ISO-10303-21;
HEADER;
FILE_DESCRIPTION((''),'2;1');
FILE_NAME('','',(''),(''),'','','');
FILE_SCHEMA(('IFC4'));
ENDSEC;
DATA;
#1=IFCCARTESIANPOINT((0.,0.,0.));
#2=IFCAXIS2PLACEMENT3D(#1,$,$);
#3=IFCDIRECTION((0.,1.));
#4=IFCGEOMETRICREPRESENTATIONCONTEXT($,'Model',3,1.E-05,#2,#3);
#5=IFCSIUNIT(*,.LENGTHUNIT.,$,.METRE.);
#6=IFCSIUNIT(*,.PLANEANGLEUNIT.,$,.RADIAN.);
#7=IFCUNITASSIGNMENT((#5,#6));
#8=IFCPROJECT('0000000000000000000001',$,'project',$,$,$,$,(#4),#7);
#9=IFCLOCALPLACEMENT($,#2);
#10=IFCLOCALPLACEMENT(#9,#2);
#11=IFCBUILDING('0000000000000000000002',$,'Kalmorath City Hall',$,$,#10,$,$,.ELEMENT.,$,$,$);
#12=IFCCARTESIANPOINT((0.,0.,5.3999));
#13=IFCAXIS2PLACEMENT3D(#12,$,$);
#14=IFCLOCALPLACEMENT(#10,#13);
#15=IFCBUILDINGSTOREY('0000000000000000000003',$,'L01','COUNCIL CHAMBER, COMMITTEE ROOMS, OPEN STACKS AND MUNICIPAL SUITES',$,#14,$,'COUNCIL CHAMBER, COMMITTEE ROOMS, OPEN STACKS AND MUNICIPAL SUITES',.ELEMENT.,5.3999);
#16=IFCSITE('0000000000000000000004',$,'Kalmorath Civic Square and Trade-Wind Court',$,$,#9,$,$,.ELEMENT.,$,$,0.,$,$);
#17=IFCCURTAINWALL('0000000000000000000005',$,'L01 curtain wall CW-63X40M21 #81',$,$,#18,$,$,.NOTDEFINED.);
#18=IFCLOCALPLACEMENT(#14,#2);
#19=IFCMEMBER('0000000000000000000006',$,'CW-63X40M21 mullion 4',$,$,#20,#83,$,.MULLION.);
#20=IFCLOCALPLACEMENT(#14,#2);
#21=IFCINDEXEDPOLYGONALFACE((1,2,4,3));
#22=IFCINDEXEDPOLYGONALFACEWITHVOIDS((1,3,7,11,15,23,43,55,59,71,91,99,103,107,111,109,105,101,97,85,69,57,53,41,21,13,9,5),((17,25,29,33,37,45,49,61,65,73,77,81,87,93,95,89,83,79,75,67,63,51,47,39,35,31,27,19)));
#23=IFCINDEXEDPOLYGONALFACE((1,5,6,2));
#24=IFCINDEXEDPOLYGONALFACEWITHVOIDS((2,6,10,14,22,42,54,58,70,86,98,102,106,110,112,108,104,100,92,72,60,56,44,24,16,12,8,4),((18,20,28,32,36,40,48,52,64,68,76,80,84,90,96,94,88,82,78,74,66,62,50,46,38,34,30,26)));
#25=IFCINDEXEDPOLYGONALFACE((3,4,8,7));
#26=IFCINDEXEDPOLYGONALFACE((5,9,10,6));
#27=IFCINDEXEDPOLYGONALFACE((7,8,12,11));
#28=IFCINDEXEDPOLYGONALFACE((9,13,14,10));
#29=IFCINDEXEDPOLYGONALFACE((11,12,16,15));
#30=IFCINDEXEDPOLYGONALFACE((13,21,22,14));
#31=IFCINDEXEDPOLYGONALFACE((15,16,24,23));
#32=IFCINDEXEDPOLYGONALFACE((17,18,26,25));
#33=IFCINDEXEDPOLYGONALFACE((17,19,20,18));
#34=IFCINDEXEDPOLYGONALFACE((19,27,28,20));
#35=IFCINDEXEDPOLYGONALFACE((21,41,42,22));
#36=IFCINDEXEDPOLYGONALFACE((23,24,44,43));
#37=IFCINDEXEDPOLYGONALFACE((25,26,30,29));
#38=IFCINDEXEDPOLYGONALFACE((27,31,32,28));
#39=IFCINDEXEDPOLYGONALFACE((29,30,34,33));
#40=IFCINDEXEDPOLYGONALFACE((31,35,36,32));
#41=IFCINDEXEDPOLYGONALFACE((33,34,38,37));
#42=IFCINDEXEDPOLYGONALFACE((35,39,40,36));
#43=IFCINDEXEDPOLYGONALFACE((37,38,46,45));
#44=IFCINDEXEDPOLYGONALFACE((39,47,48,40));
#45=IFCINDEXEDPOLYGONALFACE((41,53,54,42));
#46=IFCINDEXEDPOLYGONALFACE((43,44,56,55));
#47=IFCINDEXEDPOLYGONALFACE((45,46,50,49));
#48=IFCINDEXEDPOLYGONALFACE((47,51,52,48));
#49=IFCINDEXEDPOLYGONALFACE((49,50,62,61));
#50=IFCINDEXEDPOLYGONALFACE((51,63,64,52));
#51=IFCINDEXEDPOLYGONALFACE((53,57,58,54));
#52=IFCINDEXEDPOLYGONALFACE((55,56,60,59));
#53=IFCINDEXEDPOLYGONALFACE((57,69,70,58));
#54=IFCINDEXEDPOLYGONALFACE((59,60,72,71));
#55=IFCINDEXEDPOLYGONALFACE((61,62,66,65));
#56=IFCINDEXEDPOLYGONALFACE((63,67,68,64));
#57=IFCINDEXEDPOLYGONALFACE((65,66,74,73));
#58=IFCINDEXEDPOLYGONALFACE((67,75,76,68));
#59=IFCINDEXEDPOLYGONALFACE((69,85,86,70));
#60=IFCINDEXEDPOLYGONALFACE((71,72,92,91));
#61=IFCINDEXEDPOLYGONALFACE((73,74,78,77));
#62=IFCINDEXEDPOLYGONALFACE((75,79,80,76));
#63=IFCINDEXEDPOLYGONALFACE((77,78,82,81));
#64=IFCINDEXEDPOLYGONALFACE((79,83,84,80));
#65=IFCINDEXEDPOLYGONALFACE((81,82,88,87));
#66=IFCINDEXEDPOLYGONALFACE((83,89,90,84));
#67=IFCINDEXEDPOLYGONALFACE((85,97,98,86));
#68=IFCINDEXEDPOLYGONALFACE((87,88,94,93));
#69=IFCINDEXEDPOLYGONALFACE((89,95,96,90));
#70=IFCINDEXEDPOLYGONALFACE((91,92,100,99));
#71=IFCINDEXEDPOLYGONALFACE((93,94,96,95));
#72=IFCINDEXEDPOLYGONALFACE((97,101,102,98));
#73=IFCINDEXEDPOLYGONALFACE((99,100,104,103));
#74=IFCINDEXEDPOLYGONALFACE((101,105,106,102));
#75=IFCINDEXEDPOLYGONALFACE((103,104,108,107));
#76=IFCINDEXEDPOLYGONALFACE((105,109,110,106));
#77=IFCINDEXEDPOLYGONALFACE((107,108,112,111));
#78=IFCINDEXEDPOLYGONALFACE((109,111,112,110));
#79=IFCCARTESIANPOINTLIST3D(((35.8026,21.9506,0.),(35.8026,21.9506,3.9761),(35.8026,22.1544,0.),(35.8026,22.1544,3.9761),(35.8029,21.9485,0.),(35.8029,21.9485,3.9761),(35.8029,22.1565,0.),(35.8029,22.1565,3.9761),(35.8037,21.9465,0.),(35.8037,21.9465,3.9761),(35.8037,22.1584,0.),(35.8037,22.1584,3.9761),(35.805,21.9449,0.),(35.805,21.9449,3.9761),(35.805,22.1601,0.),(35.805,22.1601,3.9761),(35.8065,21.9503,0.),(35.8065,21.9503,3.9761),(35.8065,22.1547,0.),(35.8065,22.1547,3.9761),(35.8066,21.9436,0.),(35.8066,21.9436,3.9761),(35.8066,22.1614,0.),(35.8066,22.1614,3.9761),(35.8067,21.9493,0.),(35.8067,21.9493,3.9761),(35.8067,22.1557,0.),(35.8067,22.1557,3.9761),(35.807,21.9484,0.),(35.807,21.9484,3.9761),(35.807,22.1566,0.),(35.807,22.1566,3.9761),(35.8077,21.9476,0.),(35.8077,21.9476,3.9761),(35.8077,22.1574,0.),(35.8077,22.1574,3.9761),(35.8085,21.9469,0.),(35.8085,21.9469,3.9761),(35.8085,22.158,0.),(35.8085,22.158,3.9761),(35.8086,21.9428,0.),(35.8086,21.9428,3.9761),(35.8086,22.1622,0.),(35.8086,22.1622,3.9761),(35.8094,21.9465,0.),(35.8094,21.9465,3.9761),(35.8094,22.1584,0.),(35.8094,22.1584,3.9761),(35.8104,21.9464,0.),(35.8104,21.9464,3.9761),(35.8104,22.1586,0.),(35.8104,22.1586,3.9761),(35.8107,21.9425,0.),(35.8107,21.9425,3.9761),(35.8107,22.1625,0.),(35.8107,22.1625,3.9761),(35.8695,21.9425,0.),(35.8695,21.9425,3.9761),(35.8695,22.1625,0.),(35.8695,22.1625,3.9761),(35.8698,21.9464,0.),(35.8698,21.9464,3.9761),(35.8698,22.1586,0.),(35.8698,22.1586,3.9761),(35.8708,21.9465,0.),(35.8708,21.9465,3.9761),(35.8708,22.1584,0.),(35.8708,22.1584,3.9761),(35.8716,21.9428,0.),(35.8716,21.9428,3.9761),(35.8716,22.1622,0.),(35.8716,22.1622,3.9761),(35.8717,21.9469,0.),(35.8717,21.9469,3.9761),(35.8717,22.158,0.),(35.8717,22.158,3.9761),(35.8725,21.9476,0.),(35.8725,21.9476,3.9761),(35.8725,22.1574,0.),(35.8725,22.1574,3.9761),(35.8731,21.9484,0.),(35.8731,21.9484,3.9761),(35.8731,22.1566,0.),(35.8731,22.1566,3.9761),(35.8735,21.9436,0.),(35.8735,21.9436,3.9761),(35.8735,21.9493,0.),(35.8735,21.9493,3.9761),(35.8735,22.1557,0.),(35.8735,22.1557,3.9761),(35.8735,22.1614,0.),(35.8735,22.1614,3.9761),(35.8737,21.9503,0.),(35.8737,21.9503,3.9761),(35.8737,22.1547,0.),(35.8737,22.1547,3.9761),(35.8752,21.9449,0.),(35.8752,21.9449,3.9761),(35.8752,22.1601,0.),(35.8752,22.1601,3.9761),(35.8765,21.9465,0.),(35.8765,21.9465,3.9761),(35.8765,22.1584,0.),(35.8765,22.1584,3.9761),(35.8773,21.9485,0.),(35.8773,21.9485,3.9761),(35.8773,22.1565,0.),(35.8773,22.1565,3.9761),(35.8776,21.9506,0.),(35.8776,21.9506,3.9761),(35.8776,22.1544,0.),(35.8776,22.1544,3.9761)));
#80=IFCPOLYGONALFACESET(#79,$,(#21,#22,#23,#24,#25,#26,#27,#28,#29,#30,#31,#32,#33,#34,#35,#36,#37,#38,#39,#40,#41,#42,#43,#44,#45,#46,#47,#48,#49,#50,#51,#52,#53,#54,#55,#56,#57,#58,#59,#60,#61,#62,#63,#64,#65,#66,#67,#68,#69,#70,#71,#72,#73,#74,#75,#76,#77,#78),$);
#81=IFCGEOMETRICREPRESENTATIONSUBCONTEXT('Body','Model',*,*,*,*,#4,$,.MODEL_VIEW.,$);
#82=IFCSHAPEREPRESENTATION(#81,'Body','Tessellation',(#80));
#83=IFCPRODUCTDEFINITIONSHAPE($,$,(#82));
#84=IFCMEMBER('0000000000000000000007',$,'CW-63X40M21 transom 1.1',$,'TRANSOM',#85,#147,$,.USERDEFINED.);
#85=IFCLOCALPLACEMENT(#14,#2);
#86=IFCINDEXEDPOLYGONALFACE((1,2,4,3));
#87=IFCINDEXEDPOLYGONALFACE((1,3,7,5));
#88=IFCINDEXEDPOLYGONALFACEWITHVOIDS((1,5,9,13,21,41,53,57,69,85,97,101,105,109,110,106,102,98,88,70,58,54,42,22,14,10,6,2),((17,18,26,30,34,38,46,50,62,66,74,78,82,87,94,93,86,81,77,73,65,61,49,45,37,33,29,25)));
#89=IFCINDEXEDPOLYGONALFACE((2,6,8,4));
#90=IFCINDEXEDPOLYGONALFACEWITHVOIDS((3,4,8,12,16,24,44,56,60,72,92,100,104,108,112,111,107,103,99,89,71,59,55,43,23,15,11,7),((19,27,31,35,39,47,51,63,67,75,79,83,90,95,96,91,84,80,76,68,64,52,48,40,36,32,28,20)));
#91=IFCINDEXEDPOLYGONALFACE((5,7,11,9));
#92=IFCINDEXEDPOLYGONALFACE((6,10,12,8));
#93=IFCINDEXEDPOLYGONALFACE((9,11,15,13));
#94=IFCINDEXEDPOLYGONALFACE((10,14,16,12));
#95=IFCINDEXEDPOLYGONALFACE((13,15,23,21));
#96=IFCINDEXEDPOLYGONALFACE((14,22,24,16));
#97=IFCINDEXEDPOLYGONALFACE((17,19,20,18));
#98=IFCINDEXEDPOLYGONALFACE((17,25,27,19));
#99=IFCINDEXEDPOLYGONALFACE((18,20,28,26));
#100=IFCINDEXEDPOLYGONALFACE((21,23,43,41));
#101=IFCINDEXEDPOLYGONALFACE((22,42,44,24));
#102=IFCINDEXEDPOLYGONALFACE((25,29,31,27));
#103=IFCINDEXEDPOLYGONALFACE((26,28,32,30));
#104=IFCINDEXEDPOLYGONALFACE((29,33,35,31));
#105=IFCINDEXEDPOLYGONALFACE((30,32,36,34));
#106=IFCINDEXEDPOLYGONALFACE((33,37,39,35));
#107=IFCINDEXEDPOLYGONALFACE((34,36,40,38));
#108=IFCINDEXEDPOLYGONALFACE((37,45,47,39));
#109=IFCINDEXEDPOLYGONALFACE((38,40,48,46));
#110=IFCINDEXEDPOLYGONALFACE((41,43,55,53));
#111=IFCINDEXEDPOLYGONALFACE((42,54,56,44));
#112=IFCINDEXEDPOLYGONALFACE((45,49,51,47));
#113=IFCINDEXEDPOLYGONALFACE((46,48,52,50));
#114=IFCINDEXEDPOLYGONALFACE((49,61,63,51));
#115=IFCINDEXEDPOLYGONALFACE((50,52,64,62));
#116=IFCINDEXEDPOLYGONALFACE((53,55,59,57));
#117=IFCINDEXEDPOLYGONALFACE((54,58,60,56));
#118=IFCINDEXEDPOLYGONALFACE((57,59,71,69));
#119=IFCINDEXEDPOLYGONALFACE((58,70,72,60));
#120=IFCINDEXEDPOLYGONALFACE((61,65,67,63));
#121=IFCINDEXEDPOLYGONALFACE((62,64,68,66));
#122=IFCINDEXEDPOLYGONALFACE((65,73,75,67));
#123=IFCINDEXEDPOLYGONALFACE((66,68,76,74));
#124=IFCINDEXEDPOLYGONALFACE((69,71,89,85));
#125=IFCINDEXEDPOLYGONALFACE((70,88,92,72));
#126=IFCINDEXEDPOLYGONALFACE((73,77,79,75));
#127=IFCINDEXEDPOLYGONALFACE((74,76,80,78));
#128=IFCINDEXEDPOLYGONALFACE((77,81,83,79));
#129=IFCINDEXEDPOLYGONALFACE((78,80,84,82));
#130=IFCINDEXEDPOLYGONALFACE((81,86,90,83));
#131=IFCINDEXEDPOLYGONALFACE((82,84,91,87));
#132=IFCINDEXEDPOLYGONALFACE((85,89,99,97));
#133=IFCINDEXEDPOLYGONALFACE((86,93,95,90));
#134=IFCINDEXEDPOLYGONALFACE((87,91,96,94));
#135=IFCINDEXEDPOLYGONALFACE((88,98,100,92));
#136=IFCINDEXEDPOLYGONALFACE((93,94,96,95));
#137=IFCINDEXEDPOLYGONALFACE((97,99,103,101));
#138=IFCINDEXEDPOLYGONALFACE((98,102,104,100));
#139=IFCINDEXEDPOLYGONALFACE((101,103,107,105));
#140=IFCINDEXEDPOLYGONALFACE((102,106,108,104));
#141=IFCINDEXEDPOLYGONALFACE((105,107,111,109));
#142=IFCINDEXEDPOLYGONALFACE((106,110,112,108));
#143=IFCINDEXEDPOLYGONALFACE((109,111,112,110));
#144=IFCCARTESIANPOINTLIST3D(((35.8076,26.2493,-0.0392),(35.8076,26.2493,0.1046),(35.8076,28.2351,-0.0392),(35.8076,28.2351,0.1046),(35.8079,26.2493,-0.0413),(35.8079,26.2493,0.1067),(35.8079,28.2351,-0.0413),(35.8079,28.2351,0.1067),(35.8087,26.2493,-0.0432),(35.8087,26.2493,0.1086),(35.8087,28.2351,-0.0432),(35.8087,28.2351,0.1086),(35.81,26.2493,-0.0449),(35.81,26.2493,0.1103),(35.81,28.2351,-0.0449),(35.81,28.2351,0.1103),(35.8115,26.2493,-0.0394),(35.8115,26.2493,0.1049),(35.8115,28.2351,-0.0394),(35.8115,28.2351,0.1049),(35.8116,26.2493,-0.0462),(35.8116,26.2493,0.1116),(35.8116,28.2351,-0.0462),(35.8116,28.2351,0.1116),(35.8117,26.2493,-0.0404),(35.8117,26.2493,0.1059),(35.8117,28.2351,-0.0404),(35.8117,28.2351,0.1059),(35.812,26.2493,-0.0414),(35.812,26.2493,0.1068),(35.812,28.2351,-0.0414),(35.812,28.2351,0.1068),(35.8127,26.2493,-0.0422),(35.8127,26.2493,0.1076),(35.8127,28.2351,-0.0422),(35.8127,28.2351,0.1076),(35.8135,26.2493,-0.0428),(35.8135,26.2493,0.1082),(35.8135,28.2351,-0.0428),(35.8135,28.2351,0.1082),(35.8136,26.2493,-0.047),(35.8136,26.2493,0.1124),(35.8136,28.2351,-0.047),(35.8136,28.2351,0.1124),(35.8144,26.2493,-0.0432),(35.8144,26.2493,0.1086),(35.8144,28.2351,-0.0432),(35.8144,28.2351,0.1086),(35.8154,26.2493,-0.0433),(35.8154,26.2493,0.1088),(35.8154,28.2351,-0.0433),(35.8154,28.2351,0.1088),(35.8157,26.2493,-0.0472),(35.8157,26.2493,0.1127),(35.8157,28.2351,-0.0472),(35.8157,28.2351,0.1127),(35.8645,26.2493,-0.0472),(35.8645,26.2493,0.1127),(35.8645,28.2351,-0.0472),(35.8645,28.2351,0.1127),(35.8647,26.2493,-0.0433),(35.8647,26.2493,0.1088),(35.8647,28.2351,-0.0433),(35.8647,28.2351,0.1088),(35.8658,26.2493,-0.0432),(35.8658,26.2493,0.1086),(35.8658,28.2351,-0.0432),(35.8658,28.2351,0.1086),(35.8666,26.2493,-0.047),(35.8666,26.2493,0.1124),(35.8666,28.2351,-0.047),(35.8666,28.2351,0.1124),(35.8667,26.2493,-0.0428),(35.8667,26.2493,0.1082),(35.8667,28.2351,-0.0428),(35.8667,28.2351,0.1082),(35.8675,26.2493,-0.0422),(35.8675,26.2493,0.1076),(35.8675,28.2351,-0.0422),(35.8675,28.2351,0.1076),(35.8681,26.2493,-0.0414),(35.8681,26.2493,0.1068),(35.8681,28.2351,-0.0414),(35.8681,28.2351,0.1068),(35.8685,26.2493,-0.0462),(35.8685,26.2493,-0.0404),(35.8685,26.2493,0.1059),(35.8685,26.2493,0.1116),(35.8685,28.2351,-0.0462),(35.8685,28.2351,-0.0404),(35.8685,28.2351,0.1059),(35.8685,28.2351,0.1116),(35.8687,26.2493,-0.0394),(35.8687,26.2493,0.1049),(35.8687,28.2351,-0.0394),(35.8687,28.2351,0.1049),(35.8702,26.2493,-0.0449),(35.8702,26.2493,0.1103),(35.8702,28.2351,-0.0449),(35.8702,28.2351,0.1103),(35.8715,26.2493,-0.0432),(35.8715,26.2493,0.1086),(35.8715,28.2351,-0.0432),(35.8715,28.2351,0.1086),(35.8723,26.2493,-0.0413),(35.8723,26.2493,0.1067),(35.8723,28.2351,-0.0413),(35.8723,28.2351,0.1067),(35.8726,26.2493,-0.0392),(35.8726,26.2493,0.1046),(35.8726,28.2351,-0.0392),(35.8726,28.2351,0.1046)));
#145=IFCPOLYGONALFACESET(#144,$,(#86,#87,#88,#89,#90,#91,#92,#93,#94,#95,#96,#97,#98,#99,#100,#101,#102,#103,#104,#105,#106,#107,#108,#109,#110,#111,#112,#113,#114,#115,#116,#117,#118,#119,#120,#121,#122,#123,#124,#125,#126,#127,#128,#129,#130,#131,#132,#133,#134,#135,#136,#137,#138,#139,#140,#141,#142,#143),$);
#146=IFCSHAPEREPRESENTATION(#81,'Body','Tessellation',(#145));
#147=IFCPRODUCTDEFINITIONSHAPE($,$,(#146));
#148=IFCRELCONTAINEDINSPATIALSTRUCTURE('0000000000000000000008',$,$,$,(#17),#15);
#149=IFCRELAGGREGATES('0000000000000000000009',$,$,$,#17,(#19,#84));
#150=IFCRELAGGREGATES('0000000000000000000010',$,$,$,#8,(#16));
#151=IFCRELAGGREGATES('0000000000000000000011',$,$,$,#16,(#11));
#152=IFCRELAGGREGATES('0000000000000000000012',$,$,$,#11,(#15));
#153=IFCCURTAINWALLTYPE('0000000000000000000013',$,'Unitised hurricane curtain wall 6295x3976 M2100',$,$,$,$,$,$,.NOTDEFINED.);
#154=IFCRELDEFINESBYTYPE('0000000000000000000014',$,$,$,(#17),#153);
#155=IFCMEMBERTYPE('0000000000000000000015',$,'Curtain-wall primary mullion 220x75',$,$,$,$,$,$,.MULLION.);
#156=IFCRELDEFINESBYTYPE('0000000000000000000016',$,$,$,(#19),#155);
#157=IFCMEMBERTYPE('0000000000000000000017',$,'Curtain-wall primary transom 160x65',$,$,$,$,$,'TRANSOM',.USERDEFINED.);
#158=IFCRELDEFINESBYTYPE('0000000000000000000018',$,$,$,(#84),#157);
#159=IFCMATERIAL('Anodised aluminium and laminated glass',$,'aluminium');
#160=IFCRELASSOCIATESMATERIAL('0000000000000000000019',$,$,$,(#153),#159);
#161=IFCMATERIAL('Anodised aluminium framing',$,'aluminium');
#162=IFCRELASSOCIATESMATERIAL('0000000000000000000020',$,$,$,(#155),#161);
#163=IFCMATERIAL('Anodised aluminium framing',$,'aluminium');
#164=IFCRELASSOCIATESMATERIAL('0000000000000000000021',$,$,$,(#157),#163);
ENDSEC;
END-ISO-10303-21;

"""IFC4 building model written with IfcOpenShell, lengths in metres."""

from ifc_helpers import new_model, si_unit, direction, frame, origin, origin_2d, place, context, subcontext, project, spatial, hollow_rectangle, extrude, material, material_profile, profile_set, type_object, element, aggregate, save


model = new_model("IFC4")

# Units and contexts
model_context = context("Model", 3, precision=1e-05, world=origin(), true_north=direction((0.0, 1.0)))
body_context = subcontext(model_context, "Body", "Model", "MODEL_VIEW")
ifc_project = project(units=[si_unit("LENGTHUNIT", "METRE"), si_unit("PLANEANGLEUNIT", "RADIAN")], contexts=[model_context])

# Site, building, storey
site_placement = place(None, origin())
site = spatial("IfcSite", under=ifc_project, at=site_placement, Name="Kalmorath Civic Square and Trade-Wind Court", CompositionType="ELEMENT", RefElevation=0.0)
building_placement = place(site_placement, origin())
building = spatial("IfcBuilding", under=site, at=building_placement, Name="Kalmorath City Hall", CompositionType="ELEMENT")
storey_placement = place(building_placement, frame((0.0, 0.0, 5.3999)))
storey = spatial("IfcBuildingStorey", under=building, at=storey_placement, Name="L01", Description="COUNCIL CHAMBER, COMMITTEE ROOMS, OPEN STACKS AND MUNICIPAL SUITES", LongName="COUNCIL CHAMBER, COMMITTEE ROOMS, OPEN STACKS AND MUNICIPAL SUITES", CompositionType="ELEMENT", Elevation=5.3999)

# Curtain wall, members
ifc_material_1 = material(Name="Anodised aluminium and laminated glass", Category="aluminium")
curtain_wall_type = type_object("IfcCurtainWallType", Name="Unitised hurricane curtain wall 6295x3976 M2100", PredefinedType="NOTDEFINED", material=ifc_material_1)
curtain_wall_placement = place(storey_placement, origin())
curtain_wall = element("IfcCurtainWall", 1, at=curtain_wall_placement, inside=storey, type_object=curtain_wall_type, Name="L01 curtain wall CW-63X40M21 #81", PredefinedType="NOTDEFINED")
ifc_material_2 = material(Name="Anodised aluminium framing", Category="aluminium")
ifc_material_profile_1 = material_profile(ifc_material_2, hollow_rectangle(XDim=0.075, YDim=0.22, WallThickness=0.0039, InnerFilletRadius=0.0039, OuterFilletRadius=0.0081, at=origin_2d()), Name="ALU-MUL-220X75X4")
ifc_profile_set_1 = profile_set([ifc_material_profile_1], Name="Anodised aluminium framing")
member_type_1 = type_object("IfcMemberType", Name="Curtain-wall primary mullion 220x75", PredefinedType="MULLION", material=ifc_profile_set_1)
member_1_placement = place(storey_placement, frame((35.8401, 22.0525, 0.0), z_axis=(0.0, 0.0, 1.0), x_axis=(1.0, 0.0, 0.0)))
member_1 = element("IfcMember", 2, at=member_1_placement, type_object=member_type_1, Name="CW-63X40M21 mullion 4", PredefinedType="MULLION", context=body_context, shape_type="SweptSolid", body=[
    extrude(hollow_rectangle(XDim=0.075, YDim=0.22, WallThickness=0.0039, InnerFilletRadius=0.0039, OuterFilletRadius=0.0081, at=origin_2d()), origin(), (0.0, 0.0, 1.0), 3.9761),
])
ifc_material_3 = material(Name="Anodised aluminium framing", Category="aluminium")
ifc_material_profile_2 = material_profile(ifc_material_3, hollow_rectangle(XDim=0.0649, YDim=0.1599, WallThickness=0.0039, InnerFilletRadius=0.0039, OuterFilletRadius=0.0081, at=origin_2d()), Name="ALU-TRN-160X65X4")
ifc_profile_set_2 = profile_set([ifc_material_profile_2], Name="Anodised aluminium framing")
member_type_2 = type_object("IfcMemberType", Name="Curtain-wall primary transom 160x65", ElementType="TRANSOM", PredefinedType="USERDEFINED", material=ifc_profile_set_2)
member_2_placement = place(storey_placement, frame((35.8401, 28.2351, 0.0327), z_axis=(0.0, -1.0, 0.0), x_axis=(1.0, 0.0, 0.0)))
member_2 = element("IfcMember", 3, at=member_2_placement, type_object=member_type_2, Name="CW-63X40M21 transom 1.1", ObjectType="TRANSOM", PredefinedType="USERDEFINED", context=body_context, shape_type="SweptSolid", body=[
    extrude(hollow_rectangle(XDim=0.0649, YDim=0.1599, WallThickness=0.0039, InnerFilletRadius=0.0039, OuterFilletRadius=0.0081, at=origin_2d()), origin(), (0.0, 0.0, 1.0), 1.9858),
])
aggregate(curtain_wall, [member_1, member_2])

save(model, "model.ifc")
